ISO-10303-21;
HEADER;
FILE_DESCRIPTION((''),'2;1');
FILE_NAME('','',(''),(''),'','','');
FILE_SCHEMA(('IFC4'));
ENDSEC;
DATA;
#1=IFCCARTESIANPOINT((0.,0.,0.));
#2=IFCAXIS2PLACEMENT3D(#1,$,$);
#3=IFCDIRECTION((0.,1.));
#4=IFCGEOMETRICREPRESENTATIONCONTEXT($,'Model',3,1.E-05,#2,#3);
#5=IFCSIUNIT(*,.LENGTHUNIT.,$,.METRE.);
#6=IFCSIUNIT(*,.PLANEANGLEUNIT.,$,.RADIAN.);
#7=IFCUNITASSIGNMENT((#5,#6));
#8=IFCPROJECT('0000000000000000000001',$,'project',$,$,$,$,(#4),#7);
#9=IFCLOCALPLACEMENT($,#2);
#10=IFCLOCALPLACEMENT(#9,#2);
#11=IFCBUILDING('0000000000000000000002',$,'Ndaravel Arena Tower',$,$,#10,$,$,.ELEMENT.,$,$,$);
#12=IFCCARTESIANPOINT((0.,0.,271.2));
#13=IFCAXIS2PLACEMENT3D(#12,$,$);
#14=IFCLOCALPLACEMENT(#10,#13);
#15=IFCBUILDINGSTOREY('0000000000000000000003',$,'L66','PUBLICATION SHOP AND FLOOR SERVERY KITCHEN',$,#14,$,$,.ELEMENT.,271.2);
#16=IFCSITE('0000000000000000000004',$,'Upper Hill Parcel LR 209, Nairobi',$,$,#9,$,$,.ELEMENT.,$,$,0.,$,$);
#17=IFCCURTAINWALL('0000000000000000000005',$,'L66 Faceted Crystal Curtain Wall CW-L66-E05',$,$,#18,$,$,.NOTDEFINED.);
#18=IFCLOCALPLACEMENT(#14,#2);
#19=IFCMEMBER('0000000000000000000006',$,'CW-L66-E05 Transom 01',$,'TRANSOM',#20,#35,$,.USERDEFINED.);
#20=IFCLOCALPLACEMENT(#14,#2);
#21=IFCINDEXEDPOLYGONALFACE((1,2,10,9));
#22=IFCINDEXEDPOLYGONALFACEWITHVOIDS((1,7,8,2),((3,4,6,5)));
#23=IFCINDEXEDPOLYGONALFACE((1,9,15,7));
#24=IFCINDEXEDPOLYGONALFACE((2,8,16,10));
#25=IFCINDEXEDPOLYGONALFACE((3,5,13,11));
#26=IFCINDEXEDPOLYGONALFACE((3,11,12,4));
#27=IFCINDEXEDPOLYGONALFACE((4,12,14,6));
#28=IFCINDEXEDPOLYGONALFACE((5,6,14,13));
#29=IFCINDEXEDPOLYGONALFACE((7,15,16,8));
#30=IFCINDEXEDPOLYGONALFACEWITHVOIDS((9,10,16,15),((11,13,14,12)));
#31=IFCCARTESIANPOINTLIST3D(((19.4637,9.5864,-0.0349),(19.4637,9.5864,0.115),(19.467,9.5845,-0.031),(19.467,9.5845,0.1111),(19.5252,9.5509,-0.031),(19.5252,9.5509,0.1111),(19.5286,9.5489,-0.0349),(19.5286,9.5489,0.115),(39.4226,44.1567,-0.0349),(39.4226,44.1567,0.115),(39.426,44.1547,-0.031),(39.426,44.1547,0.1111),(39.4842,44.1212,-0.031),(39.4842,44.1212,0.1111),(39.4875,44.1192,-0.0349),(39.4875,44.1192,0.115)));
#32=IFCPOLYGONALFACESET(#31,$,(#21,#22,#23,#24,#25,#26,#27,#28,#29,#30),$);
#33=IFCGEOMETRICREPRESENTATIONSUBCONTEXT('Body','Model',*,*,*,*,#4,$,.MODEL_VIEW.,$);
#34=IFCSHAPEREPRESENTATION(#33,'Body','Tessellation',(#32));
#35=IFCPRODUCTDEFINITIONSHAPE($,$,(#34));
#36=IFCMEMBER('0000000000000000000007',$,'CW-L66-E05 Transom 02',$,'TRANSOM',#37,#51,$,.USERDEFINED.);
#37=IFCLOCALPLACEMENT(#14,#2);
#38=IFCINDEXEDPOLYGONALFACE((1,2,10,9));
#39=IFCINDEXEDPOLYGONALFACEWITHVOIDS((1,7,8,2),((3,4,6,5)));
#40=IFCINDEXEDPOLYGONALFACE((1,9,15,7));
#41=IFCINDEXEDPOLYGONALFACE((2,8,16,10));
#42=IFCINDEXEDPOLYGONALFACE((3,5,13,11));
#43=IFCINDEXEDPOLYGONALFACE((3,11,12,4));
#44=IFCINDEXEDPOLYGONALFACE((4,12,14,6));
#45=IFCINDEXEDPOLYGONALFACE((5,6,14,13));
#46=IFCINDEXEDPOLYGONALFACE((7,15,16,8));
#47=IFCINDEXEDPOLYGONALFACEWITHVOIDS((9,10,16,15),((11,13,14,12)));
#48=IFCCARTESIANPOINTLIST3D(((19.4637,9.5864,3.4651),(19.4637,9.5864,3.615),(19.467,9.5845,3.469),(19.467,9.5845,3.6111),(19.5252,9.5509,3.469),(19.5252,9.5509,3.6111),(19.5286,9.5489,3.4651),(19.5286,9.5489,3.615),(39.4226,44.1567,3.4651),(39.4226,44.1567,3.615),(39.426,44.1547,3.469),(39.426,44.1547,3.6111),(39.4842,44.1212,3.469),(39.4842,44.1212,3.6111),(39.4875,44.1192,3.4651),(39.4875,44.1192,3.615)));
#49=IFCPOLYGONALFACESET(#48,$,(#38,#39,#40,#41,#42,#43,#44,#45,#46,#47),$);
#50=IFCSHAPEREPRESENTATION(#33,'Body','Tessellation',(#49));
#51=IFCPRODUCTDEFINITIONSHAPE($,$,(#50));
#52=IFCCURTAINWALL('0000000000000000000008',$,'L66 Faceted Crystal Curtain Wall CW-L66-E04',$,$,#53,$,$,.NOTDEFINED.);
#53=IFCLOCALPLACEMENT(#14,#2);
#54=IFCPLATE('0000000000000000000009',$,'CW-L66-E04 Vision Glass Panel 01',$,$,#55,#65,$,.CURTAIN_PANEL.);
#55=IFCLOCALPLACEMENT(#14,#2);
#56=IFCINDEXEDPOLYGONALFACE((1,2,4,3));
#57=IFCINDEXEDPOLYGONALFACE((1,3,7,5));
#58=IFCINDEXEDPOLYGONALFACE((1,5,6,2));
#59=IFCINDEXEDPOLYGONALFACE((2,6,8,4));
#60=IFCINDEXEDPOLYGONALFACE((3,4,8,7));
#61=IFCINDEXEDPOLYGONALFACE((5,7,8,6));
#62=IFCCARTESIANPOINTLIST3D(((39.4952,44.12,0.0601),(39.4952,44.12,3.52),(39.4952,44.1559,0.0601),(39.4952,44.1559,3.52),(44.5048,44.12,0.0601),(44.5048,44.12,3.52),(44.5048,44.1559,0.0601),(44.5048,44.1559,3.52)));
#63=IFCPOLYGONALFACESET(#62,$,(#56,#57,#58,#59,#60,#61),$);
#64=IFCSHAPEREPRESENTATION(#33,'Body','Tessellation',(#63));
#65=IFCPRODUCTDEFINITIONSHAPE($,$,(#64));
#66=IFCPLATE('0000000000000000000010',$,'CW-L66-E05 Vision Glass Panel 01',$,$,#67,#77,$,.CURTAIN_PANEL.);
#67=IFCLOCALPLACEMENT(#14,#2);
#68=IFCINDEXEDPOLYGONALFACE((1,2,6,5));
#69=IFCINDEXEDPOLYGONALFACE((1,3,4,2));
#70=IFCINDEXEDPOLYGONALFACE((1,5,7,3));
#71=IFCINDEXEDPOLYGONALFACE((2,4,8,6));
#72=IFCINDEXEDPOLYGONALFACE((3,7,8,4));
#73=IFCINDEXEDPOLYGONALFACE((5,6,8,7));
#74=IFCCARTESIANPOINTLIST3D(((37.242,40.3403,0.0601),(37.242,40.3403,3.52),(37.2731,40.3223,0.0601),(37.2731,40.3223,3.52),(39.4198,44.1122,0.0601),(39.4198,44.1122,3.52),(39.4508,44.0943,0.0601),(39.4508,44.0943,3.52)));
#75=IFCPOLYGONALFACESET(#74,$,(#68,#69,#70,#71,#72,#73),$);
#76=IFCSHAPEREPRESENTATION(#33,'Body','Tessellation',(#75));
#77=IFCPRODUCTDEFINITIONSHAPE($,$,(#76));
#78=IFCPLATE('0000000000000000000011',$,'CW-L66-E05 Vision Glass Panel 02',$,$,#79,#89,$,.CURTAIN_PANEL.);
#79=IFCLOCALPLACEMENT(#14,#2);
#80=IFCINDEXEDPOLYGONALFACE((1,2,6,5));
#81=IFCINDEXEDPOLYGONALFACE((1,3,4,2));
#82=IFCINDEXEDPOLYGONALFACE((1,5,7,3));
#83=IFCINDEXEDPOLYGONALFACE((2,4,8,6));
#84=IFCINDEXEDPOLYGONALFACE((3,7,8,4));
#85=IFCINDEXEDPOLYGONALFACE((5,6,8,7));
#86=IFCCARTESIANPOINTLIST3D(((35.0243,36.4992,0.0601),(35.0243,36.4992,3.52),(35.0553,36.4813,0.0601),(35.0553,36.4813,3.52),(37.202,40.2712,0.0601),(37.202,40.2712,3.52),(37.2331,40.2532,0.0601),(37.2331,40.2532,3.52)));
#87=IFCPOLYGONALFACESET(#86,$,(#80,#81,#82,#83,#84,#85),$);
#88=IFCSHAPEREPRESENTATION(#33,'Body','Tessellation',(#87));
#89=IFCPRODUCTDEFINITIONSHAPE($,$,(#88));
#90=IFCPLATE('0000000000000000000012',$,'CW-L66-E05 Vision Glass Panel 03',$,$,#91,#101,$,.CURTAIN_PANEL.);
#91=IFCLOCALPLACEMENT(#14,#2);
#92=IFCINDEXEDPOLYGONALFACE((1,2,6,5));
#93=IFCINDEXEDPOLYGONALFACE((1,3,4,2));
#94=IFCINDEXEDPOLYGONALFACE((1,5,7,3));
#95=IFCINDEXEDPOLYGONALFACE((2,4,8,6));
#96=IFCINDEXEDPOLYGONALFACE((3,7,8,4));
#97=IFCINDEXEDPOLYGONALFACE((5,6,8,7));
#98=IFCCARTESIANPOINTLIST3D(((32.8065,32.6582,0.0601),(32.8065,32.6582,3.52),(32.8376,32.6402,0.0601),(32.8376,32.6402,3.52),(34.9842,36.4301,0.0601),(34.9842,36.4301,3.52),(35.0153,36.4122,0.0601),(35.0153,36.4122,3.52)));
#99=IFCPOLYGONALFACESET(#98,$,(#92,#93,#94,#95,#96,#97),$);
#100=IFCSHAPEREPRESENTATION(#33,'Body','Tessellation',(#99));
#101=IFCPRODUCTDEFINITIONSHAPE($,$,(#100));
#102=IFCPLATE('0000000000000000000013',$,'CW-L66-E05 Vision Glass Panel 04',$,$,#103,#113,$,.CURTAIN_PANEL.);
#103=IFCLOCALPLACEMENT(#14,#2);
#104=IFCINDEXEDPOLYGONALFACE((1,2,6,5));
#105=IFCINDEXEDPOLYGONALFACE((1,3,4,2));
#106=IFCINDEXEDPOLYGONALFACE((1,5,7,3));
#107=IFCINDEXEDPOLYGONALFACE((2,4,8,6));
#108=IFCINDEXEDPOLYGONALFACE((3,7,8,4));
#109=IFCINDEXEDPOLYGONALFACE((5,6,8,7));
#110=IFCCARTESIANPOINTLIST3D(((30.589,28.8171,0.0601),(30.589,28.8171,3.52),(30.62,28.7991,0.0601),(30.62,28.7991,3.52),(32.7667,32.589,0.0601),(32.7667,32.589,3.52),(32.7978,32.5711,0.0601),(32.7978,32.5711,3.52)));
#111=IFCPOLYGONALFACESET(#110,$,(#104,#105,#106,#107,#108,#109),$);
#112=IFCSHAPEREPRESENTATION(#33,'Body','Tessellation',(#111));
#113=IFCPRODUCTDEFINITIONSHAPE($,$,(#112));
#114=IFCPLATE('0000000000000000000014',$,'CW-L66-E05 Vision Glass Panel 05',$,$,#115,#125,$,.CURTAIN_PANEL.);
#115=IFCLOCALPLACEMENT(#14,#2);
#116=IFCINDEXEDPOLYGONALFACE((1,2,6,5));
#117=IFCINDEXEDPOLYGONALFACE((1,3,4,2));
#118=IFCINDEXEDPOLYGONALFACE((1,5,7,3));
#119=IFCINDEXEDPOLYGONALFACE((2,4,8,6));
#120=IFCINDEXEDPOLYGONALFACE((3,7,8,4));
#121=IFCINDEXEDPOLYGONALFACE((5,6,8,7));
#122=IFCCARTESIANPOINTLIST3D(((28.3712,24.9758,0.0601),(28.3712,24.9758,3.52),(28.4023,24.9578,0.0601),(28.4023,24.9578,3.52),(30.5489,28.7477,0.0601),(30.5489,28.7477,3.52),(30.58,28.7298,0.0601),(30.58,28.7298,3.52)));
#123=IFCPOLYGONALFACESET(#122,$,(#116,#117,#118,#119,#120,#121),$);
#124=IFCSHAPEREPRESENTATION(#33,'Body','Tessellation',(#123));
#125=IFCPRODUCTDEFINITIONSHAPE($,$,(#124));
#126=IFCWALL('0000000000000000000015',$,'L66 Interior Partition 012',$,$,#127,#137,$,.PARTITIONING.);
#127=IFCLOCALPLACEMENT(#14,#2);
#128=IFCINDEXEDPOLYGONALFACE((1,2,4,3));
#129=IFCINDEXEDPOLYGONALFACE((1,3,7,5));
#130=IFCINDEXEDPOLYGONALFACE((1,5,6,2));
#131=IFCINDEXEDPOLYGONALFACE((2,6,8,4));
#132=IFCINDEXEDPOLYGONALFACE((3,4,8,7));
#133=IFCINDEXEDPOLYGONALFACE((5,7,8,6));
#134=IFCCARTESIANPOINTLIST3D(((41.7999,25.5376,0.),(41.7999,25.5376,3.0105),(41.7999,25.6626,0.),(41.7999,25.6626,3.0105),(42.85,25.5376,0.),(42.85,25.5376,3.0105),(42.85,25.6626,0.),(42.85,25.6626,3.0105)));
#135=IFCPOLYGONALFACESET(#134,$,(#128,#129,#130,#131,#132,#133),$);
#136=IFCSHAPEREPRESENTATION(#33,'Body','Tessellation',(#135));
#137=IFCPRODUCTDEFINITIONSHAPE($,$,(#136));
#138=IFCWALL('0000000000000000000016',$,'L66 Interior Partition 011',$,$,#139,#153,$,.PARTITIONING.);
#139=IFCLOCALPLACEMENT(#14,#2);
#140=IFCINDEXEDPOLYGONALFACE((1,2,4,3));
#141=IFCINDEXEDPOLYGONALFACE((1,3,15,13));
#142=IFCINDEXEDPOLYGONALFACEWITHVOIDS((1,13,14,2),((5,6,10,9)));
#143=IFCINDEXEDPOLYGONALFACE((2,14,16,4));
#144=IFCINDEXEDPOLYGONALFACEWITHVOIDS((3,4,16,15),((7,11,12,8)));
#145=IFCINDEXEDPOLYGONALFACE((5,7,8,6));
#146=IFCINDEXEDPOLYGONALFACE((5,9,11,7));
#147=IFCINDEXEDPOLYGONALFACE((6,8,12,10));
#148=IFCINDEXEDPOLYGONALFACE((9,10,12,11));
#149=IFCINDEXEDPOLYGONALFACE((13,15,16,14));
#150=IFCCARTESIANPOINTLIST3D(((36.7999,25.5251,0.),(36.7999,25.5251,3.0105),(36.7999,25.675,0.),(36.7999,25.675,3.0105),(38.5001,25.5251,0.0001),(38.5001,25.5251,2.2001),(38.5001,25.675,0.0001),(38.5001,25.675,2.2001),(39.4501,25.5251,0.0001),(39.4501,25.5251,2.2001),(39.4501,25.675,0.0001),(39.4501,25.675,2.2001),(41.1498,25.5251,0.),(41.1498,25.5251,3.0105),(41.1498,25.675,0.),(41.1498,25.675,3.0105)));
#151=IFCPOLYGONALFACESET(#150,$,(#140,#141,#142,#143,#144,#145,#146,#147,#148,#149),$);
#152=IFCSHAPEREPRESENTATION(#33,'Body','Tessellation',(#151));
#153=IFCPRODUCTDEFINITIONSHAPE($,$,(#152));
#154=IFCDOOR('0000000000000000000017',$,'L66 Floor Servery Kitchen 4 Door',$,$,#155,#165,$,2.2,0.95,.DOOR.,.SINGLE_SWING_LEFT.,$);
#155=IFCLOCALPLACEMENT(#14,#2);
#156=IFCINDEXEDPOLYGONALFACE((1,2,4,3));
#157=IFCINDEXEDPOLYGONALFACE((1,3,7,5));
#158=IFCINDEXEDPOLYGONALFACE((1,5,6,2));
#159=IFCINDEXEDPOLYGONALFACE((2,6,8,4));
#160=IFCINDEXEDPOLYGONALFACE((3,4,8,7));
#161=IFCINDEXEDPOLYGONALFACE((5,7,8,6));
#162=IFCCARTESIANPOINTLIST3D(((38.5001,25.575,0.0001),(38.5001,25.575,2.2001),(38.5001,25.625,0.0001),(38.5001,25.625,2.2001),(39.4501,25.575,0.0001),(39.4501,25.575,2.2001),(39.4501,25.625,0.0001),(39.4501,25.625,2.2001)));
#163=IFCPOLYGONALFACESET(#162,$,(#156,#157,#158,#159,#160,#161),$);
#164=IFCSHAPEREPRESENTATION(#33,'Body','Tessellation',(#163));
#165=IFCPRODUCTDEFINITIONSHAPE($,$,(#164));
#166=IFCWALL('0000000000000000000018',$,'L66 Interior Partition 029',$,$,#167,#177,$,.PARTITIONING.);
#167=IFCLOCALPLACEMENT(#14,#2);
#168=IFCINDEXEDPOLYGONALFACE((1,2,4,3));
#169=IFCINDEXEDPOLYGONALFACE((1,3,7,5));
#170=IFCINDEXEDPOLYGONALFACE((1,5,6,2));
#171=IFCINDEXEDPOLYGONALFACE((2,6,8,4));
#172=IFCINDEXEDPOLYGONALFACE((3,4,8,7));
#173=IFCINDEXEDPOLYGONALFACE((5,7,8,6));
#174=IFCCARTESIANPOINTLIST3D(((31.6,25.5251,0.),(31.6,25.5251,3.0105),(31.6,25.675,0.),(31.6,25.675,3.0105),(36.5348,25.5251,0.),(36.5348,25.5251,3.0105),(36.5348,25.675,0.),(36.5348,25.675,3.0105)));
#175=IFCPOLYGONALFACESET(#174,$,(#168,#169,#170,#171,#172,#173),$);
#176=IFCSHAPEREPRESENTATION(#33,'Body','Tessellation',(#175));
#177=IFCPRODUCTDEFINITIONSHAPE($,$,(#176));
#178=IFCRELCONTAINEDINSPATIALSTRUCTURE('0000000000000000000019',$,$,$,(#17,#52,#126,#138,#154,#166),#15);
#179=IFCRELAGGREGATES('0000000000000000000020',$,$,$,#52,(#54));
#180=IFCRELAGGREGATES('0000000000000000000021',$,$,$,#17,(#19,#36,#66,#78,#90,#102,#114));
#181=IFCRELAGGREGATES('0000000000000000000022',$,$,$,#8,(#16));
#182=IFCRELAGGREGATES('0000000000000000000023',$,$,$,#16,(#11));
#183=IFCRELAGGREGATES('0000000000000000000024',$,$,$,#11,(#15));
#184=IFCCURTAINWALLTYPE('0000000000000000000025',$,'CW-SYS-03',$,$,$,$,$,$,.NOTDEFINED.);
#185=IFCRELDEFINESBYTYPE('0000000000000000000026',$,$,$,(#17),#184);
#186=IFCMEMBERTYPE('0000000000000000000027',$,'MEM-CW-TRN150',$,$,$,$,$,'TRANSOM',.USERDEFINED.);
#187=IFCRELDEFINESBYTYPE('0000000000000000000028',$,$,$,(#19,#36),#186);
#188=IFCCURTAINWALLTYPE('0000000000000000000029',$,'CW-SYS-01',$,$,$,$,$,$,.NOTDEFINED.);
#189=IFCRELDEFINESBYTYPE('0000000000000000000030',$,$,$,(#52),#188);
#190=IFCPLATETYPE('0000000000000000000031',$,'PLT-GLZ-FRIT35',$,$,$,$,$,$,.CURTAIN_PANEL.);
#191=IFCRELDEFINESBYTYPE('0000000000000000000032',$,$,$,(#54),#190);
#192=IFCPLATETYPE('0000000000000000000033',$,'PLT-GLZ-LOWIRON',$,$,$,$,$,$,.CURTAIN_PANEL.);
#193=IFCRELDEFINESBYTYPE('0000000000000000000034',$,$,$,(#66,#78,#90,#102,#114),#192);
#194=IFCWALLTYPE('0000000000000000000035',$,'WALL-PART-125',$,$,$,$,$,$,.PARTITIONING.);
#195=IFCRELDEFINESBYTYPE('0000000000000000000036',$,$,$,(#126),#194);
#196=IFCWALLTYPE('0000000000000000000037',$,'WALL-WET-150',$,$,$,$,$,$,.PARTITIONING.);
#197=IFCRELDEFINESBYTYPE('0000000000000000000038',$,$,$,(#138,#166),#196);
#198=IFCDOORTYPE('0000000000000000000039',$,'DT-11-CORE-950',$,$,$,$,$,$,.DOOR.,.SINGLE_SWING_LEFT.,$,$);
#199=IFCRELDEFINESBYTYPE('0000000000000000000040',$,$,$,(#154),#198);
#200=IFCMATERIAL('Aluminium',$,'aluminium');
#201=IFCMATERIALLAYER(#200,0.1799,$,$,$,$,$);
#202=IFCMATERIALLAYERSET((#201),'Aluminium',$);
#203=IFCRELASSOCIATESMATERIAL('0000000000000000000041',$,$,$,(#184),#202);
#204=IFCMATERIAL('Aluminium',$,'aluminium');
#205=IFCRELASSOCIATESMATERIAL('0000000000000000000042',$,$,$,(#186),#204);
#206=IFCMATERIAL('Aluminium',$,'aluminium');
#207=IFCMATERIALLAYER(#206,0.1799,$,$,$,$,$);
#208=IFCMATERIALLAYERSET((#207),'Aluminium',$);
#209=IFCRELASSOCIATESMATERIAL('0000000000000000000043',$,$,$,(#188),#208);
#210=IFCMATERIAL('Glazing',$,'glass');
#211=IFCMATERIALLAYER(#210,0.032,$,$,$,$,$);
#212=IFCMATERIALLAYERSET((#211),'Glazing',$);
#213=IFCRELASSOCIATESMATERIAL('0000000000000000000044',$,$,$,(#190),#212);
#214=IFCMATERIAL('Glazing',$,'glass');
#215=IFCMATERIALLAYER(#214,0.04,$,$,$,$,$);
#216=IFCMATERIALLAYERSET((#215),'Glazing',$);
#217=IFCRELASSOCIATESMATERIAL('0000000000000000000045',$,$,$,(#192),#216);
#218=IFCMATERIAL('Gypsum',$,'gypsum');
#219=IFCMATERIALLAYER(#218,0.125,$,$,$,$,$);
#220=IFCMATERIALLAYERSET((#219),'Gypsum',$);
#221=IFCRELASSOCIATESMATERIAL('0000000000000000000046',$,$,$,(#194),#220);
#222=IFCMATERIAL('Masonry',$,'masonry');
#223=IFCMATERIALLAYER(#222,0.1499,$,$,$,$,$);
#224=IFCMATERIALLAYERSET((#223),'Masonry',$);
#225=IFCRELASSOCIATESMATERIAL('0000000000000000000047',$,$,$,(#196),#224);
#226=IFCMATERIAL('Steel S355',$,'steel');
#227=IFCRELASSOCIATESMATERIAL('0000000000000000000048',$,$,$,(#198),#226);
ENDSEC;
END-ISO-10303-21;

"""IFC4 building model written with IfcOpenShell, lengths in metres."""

from ifc_helpers import new_model, si_unit, direction, frame, frame_2d, origin, origin_2d, place, context, subcontext, project, spatial, rectangle, hollow_rectangle, extrude, material, layer, layer_set, material_profile, profile_set, type_object, element, fill, aggregate, save


model = new_model("IFC4")

# Units and contexts
model_context = context("Model", 3, precision=1e-05, world=origin(), true_north=direction((0.0, 1.0)))
body_context = subcontext(model_context, "Body", "Model", "MODEL_VIEW")
ifc_project = project(units=[si_unit("LENGTHUNIT", "METRE"), si_unit("PLANEANGLEUNIT", "RADIAN")], contexts=[model_context])

# Site, building, storey
site_placement = place(None, origin())
site = spatial("IfcSite", under=ifc_project, at=site_placement, Name="Upper Hill Parcel LR 209, Nairobi", CompositionType="ELEMENT", RefElevation=0.0)
building_placement = place(site_placement, origin())
building = spatial("IfcBuilding", under=site, at=building_placement, Name="Ndaravel Arena Tower", CompositionType="ELEMENT")
storey_placement = place(building_placement, frame((0.0, 0.0, 271.2)))
storey = spatial("IfcBuildingStorey", under=building, at=storey_placement, Name="L66", Description="PUBLICATION SHOP AND FLOOR SERVERY KITCHEN", CompositionType="ELEMENT", Elevation=271.2)

# Curtain wall, members
ifc_material_1 = material(Name="Aluminium", Category="aluminium")
ifc_layer_1 = layer(ifc_material_1, 0.1799)
ifc_layer_set_1 = layer_set([ifc_layer_1], Name="Aluminium")
curtain_wall_type_1 = type_object("IfcCurtainWallType", Name="CW-SYS-03", PredefinedType="NOTDEFINED", material=ifc_layer_set_1)
curtain_wall_1_placement = place(storey_placement, origin())
curtain_wall_1 = element("IfcCurtainWall", 1, at=curtain_wall_1_placement, inside=storey, type_object=curtain_wall_type_1, Name="L66 Faceted Crystal Curtain Wall CW-L66-E05", PredefinedType="NOTDEFINED")
ifc_material_2 = material(Name="Aluminium", Category="aluminium")
ifc_material_profile_1 = material_profile(ifc_material_2, hollow_rectangle(XDim=0.075, YDim=0.1499, WallThickness=0.0039, at=origin_2d()), Name="CW TRANSOM 75x150x4")
ifc_profile_set_1 = profile_set([ifc_material_profile_1], Name="Aluminium")
member_type_1 = type_object("IfcMemberType", Name="MEM-CW-TRN150", ElementType="TRANSOM", PredefinedType="USERDEFINED", material=ifc_profile_set_1)
member_1_placement = place(storey_placement, frame((39.4551, 44.1379, 0.04), z_axis=(-0.499996, -0.866028, 0.0), x_axis=(0.866028, -0.499996, 0.0)))
member_1 = element("IfcMember", 2, at=member_1_placement, type_object=member_type_1, Name="CW-L66-E05 Transom 01", ObjectType="TRANSOM", PredefinedType="USERDEFINED", context=body_context, shape_type="SweptSolid", body=[
    extrude(hollow_rectangle(XDim=0.075, YDim=0.1499, WallThickness=0.0039, at=origin_2d()), origin(), (0.0, 0.0, 1.0), 39.9182),
])
member_2_placement = place(storey_placement, frame((39.4551, 44.1379, 3.54), z_axis=(-0.499996, -0.866028, 0.0), x_axis=(0.866028, -0.499996, 0.0)))
member_2 = element("IfcMember", 3, at=member_2_placement, type_object=member_type_1, Name="CW-L66-E05 Transom 02", ObjectType="TRANSOM", PredefinedType="USERDEFINED", context=body_context, shape_type="SweptSolid", body=[
    extrude(hollow_rectangle(XDim=0.075, YDim=0.1499, WallThickness=0.0039, at=origin_2d()), origin(), (0.0, 0.0, 1.0), 39.9182),
])

# Curtain wall, plate
ifc_material_3 = material(Name="Aluminium", Category="aluminium")
ifc_layer_2 = layer(ifc_material_3, 0.1799)
ifc_layer_set_2 = layer_set([ifc_layer_2], Name="Aluminium")
curtain_wall_type_2 = type_object("IfcCurtainWallType", Name="CW-SYS-01", PredefinedType="NOTDEFINED", material=ifc_layer_set_2)
curtain_wall_2_placement = place(storey_placement, origin())
curtain_wall_2 = element("IfcCurtainWall", 4, at=curtain_wall_2_placement, inside=storey, type_object=curtain_wall_type_2, Name="L66 Faceted Crystal Curtain Wall CW-L66-E04", PredefinedType="NOTDEFINED")
ifc_material_4 = material(Name="Glazing", Category="glass")
ifc_layer_3 = layer(ifc_material_4, 0.032)
ifc_layer_set_3 = layer_set([ifc_layer_3], Name="Glazing")
plate_type_1 = type_object("IfcPlateType", Name="PLT-GLZ-FRIT35", PredefinedType="CURTAIN_PANEL", material=ifc_layer_set_3)
plate_1_placement = place(storey_placement, frame((42.0, 44.1379, 0.0601), z_axis=(0.0, 0.0, 1.0), x_axis=(-1.0, 0.0, 0.0)))
plate_1 = element("IfcPlate", 5, at=plate_1_placement, type_object=plate_type_1, Name="CW-L66-E04 Vision Glass Panel 01", PredefinedType="CURTAIN_PANEL", context=body_context, shape_type="SweptSolid", body=[
    extrude(rectangle(XDim=5.0095, YDim=0.0359, at=origin_2d()), origin(), (0.0, 0.0, 1.0), 3.46),
])
aggregate(curtain_wall_2, [plate_1])

# Plates
ifc_material_5 = material(Name="Glazing", Category="glass")
ifc_layer_4 = layer(ifc_material_5, 0.04)
ifc_layer_set_4 = layer_set([ifc_layer_4], Name="Glazing")
plate_type_2 = type_object("IfcPlateType", Name="PLT-GLZ-LOWIRON", PredefinedType="CURTAIN_PANEL", material=ifc_layer_set_4)
plate_2_placement = place(storey_placement, frame((38.3464, 42.2173, 0.0601), z_axis=(0.0, 0.0, 1.0), x_axis=(-0.5, -0.866025, 0.0)))
plate_2 = element("IfcPlate", 6, at=plate_2_placement, type_object=plate_type_2, Name="CW-L66-E05 Vision Glass Panel 01", PredefinedType="CURTAIN_PANEL", context=body_context, shape_type="SweptSolid", body=[
    extrude(rectangle(XDim=4.3555, YDim=0.0359, at=origin_2d()), origin(), (0.0, 0.0, 1.0), 3.46),
])
plate_3_placement = place(storey_placement, frame((36.1287, 38.3762, 0.0601), z_axis=(0.0, 0.0, 1.0), x_axis=(-0.5, -0.866025, 0.0)))
plate_3 = element("IfcPlate", 7, at=plate_3_placement, type_object=plate_type_2, Name="CW-L66-E05 Vision Glass Panel 02", PredefinedType="CURTAIN_PANEL", context=body_context, shape_type="SweptSolid", body=[
    extrude(rectangle(XDim=4.3555, YDim=0.0359, at=origin_2d()), origin(), (0.0, 0.0, 1.0), 3.46),
])
plate_4_placement = place(storey_placement, frame((33.9109, 34.5352, 0.0601), z_axis=(0.0, 0.0, 1.0), x_axis=(-0.5, -0.866025, 0.0)))
plate_4 = element("IfcPlate", 8, at=plate_4_placement, type_object=plate_type_2, Name="CW-L66-E05 Vision Glass Panel 03", PredefinedType="CURTAIN_PANEL", context=body_context, shape_type="SweptSolid", body=[
    extrude(rectangle(XDim=4.3555, YDim=0.0359, at=origin_2d()), origin(), (0.0, 0.0, 1.0), 3.46),
])
plate_5_placement = place(storey_placement, frame((31.6934, 30.6941, 0.0601), z_axis=(0.0, 0.0, 1.0), x_axis=(-0.5, -0.866025, 0.0)))
plate_5 = element("IfcPlate", 9, at=plate_5_placement, type_object=plate_type_2, Name="CW-L66-E05 Vision Glass Panel 04", PredefinedType="CURTAIN_PANEL", context=body_context, shape_type="SweptSolid", body=[
    extrude(rectangle(XDim=4.3555, YDim=0.0359, at=origin_2d()), origin(), (0.0, 0.0, 1.0), 3.46),
])
plate_6_placement = place(storey_placement, frame((29.4756, 26.8528, 0.0601), z_axis=(0.0, 0.0, 1.0), x_axis=(-0.5, -0.866025, 0.0)))
plate_6 = element("IfcPlate", 10, at=plate_6_placement, type_object=plate_type_2, Name="CW-L66-E05 Vision Glass Panel 05", PredefinedType="CURTAIN_PANEL", context=body_context, shape_type="SweptSolid", body=[
    extrude(rectangle(XDim=4.3555, YDim=0.0359, at=origin_2d()), origin(), (0.0, 0.0, 1.0), 3.46),
])
aggregate(curtain_wall_1, [member_1, member_2, plate_2, plate_3, plate_4, plate_5, plate_6])

# Wall
ifc_material_6 = material(Name="Gypsum", Category="gypsum")
ifc_layer_5 = layer(ifc_material_6, 0.125)
ifc_layer_set_5 = layer_set([ifc_layer_5], Name="Gypsum")
wall_type_1 = type_object("IfcWallType", Name="WALL-PART-125", PredefinedType="PARTITIONING", material=ifc_layer_set_5)
wall_1_placement = place(storey_placement, frame((41.8, 25.6001, 0.0), z_axis=(0.0, 0.0, 1.0), x_axis=(1.0, 0.0, 0.0)))
element("IfcWall", 11, at=wall_1_placement, inside=storey, type_object=wall_type_1, Name="L66 Interior Partition 012", PredefinedType="PARTITIONING", context=body_context, shape_type="SweptSolid", body=[
    extrude(rectangle(XDim=1.05, YDim=0.125, at=frame_2d((0.5249, 0.0))), origin(), (0.0, 0.0, 1.0), 3.0105),
])

# Wall, opening, door
ifc_material_7 = material(Name="Masonry", Category="masonry")
ifc_layer_6 = layer(ifc_material_7, 0.1499)
ifc_layer_set_6 = layer_set([ifc_layer_6], Name="Masonry")
wall_type_2 = type_object("IfcWallType", Name="WALL-WET-150", PredefinedType="PARTITIONING", material=ifc_layer_set_6)
wall_2_placement = place(storey_placement, frame((36.8, 25.6001, 0.0), z_axis=(0.0, 0.0, 1.0), x_axis=(1.0, 0.0, 0.0)))
wall_2 = element("IfcWall", 12, at=wall_2_placement, inside=storey, type_object=wall_type_2, Name="L66 Interior Partition 011", PredefinedType="PARTITIONING", context=body_context, shape_type="SweptSolid", body=[
    extrude(rectangle(XDim=4.3499, YDim=0.1499, at=frame_2d((2.1748, 0.0))), origin(), (0.0, 0.0, 1.0), 3.0105),
])
opening_placement = place(wall_2_placement, frame((1.7, 0.0, 0.0)))
opening = element("IfcOpeningElement", 13, at=opening_placement, cuts=wall_2, PredefinedType="OPENING", context=body_context, shape_type="SweptSolid", body=[
    extrude(rectangle(XDim=0.95, YDim=2.2, at=frame_2d((0.4751, 1.1001))), frame((0.0, 0.075, 0.0), z_axis=(0.0, -1.0, 0.0), x_axis=(1.0, 0.0, 0.0)), (0.0, 0.0, 1.0), 0.1499),
])
ifc_material_8 = material(Name="Steel S355", Category="steel")
door_type = type_object("IfcDoorType", Name="DT-11-CORE-950", OperationType="SINGLE_SWING_LEFT", PredefinedType="DOOR", material=ifc_material_8)
door_placement = place(opening_placement, origin())
door = element("IfcDoor", 14, at=door_placement, inside=storey, type_object=door_type, Name="L66 Floor Servery Kitchen 4 Door", OperationType="SINGLE_SWING_LEFT", OverallHeight=2.2, OverallWidth=0.95, PredefinedType="DOOR", context=body_context, shape_type="SweptSolid", body=[
    extrude(rectangle(XDim=0.95, YDim=2.2, at=frame_2d((0.4751, 1.1001))), frame((0.0, 0.0249, 0.0), z_axis=(0.0, -1.0, 0.0), x_axis=(1.0, 0.0, 0.0)), (0.0, 0.0, 1.0), 0.05),
])
fill(opening, door)

# Wall
wall_3_placement = place(storey_placement, frame((31.6001, 25.6001, 0.0), z_axis=(0.0, 0.0, 1.0), x_axis=(1.0, 0.0, 0.0)))
element("IfcWall", 15, at=wall_3_placement, inside=storey, type_object=wall_type_2, Name="L66 Interior Partition 029", PredefinedType="PARTITIONING", context=body_context, shape_type="SweptSolid", body=[
    extrude(rectangle(XDim=4.9348, YDim=0.1499, at=frame_2d((2.4673, 0.0))), origin(), (0.0, 0.0, 1.0), 3.0105),
])

save(model, "model.ifc")
